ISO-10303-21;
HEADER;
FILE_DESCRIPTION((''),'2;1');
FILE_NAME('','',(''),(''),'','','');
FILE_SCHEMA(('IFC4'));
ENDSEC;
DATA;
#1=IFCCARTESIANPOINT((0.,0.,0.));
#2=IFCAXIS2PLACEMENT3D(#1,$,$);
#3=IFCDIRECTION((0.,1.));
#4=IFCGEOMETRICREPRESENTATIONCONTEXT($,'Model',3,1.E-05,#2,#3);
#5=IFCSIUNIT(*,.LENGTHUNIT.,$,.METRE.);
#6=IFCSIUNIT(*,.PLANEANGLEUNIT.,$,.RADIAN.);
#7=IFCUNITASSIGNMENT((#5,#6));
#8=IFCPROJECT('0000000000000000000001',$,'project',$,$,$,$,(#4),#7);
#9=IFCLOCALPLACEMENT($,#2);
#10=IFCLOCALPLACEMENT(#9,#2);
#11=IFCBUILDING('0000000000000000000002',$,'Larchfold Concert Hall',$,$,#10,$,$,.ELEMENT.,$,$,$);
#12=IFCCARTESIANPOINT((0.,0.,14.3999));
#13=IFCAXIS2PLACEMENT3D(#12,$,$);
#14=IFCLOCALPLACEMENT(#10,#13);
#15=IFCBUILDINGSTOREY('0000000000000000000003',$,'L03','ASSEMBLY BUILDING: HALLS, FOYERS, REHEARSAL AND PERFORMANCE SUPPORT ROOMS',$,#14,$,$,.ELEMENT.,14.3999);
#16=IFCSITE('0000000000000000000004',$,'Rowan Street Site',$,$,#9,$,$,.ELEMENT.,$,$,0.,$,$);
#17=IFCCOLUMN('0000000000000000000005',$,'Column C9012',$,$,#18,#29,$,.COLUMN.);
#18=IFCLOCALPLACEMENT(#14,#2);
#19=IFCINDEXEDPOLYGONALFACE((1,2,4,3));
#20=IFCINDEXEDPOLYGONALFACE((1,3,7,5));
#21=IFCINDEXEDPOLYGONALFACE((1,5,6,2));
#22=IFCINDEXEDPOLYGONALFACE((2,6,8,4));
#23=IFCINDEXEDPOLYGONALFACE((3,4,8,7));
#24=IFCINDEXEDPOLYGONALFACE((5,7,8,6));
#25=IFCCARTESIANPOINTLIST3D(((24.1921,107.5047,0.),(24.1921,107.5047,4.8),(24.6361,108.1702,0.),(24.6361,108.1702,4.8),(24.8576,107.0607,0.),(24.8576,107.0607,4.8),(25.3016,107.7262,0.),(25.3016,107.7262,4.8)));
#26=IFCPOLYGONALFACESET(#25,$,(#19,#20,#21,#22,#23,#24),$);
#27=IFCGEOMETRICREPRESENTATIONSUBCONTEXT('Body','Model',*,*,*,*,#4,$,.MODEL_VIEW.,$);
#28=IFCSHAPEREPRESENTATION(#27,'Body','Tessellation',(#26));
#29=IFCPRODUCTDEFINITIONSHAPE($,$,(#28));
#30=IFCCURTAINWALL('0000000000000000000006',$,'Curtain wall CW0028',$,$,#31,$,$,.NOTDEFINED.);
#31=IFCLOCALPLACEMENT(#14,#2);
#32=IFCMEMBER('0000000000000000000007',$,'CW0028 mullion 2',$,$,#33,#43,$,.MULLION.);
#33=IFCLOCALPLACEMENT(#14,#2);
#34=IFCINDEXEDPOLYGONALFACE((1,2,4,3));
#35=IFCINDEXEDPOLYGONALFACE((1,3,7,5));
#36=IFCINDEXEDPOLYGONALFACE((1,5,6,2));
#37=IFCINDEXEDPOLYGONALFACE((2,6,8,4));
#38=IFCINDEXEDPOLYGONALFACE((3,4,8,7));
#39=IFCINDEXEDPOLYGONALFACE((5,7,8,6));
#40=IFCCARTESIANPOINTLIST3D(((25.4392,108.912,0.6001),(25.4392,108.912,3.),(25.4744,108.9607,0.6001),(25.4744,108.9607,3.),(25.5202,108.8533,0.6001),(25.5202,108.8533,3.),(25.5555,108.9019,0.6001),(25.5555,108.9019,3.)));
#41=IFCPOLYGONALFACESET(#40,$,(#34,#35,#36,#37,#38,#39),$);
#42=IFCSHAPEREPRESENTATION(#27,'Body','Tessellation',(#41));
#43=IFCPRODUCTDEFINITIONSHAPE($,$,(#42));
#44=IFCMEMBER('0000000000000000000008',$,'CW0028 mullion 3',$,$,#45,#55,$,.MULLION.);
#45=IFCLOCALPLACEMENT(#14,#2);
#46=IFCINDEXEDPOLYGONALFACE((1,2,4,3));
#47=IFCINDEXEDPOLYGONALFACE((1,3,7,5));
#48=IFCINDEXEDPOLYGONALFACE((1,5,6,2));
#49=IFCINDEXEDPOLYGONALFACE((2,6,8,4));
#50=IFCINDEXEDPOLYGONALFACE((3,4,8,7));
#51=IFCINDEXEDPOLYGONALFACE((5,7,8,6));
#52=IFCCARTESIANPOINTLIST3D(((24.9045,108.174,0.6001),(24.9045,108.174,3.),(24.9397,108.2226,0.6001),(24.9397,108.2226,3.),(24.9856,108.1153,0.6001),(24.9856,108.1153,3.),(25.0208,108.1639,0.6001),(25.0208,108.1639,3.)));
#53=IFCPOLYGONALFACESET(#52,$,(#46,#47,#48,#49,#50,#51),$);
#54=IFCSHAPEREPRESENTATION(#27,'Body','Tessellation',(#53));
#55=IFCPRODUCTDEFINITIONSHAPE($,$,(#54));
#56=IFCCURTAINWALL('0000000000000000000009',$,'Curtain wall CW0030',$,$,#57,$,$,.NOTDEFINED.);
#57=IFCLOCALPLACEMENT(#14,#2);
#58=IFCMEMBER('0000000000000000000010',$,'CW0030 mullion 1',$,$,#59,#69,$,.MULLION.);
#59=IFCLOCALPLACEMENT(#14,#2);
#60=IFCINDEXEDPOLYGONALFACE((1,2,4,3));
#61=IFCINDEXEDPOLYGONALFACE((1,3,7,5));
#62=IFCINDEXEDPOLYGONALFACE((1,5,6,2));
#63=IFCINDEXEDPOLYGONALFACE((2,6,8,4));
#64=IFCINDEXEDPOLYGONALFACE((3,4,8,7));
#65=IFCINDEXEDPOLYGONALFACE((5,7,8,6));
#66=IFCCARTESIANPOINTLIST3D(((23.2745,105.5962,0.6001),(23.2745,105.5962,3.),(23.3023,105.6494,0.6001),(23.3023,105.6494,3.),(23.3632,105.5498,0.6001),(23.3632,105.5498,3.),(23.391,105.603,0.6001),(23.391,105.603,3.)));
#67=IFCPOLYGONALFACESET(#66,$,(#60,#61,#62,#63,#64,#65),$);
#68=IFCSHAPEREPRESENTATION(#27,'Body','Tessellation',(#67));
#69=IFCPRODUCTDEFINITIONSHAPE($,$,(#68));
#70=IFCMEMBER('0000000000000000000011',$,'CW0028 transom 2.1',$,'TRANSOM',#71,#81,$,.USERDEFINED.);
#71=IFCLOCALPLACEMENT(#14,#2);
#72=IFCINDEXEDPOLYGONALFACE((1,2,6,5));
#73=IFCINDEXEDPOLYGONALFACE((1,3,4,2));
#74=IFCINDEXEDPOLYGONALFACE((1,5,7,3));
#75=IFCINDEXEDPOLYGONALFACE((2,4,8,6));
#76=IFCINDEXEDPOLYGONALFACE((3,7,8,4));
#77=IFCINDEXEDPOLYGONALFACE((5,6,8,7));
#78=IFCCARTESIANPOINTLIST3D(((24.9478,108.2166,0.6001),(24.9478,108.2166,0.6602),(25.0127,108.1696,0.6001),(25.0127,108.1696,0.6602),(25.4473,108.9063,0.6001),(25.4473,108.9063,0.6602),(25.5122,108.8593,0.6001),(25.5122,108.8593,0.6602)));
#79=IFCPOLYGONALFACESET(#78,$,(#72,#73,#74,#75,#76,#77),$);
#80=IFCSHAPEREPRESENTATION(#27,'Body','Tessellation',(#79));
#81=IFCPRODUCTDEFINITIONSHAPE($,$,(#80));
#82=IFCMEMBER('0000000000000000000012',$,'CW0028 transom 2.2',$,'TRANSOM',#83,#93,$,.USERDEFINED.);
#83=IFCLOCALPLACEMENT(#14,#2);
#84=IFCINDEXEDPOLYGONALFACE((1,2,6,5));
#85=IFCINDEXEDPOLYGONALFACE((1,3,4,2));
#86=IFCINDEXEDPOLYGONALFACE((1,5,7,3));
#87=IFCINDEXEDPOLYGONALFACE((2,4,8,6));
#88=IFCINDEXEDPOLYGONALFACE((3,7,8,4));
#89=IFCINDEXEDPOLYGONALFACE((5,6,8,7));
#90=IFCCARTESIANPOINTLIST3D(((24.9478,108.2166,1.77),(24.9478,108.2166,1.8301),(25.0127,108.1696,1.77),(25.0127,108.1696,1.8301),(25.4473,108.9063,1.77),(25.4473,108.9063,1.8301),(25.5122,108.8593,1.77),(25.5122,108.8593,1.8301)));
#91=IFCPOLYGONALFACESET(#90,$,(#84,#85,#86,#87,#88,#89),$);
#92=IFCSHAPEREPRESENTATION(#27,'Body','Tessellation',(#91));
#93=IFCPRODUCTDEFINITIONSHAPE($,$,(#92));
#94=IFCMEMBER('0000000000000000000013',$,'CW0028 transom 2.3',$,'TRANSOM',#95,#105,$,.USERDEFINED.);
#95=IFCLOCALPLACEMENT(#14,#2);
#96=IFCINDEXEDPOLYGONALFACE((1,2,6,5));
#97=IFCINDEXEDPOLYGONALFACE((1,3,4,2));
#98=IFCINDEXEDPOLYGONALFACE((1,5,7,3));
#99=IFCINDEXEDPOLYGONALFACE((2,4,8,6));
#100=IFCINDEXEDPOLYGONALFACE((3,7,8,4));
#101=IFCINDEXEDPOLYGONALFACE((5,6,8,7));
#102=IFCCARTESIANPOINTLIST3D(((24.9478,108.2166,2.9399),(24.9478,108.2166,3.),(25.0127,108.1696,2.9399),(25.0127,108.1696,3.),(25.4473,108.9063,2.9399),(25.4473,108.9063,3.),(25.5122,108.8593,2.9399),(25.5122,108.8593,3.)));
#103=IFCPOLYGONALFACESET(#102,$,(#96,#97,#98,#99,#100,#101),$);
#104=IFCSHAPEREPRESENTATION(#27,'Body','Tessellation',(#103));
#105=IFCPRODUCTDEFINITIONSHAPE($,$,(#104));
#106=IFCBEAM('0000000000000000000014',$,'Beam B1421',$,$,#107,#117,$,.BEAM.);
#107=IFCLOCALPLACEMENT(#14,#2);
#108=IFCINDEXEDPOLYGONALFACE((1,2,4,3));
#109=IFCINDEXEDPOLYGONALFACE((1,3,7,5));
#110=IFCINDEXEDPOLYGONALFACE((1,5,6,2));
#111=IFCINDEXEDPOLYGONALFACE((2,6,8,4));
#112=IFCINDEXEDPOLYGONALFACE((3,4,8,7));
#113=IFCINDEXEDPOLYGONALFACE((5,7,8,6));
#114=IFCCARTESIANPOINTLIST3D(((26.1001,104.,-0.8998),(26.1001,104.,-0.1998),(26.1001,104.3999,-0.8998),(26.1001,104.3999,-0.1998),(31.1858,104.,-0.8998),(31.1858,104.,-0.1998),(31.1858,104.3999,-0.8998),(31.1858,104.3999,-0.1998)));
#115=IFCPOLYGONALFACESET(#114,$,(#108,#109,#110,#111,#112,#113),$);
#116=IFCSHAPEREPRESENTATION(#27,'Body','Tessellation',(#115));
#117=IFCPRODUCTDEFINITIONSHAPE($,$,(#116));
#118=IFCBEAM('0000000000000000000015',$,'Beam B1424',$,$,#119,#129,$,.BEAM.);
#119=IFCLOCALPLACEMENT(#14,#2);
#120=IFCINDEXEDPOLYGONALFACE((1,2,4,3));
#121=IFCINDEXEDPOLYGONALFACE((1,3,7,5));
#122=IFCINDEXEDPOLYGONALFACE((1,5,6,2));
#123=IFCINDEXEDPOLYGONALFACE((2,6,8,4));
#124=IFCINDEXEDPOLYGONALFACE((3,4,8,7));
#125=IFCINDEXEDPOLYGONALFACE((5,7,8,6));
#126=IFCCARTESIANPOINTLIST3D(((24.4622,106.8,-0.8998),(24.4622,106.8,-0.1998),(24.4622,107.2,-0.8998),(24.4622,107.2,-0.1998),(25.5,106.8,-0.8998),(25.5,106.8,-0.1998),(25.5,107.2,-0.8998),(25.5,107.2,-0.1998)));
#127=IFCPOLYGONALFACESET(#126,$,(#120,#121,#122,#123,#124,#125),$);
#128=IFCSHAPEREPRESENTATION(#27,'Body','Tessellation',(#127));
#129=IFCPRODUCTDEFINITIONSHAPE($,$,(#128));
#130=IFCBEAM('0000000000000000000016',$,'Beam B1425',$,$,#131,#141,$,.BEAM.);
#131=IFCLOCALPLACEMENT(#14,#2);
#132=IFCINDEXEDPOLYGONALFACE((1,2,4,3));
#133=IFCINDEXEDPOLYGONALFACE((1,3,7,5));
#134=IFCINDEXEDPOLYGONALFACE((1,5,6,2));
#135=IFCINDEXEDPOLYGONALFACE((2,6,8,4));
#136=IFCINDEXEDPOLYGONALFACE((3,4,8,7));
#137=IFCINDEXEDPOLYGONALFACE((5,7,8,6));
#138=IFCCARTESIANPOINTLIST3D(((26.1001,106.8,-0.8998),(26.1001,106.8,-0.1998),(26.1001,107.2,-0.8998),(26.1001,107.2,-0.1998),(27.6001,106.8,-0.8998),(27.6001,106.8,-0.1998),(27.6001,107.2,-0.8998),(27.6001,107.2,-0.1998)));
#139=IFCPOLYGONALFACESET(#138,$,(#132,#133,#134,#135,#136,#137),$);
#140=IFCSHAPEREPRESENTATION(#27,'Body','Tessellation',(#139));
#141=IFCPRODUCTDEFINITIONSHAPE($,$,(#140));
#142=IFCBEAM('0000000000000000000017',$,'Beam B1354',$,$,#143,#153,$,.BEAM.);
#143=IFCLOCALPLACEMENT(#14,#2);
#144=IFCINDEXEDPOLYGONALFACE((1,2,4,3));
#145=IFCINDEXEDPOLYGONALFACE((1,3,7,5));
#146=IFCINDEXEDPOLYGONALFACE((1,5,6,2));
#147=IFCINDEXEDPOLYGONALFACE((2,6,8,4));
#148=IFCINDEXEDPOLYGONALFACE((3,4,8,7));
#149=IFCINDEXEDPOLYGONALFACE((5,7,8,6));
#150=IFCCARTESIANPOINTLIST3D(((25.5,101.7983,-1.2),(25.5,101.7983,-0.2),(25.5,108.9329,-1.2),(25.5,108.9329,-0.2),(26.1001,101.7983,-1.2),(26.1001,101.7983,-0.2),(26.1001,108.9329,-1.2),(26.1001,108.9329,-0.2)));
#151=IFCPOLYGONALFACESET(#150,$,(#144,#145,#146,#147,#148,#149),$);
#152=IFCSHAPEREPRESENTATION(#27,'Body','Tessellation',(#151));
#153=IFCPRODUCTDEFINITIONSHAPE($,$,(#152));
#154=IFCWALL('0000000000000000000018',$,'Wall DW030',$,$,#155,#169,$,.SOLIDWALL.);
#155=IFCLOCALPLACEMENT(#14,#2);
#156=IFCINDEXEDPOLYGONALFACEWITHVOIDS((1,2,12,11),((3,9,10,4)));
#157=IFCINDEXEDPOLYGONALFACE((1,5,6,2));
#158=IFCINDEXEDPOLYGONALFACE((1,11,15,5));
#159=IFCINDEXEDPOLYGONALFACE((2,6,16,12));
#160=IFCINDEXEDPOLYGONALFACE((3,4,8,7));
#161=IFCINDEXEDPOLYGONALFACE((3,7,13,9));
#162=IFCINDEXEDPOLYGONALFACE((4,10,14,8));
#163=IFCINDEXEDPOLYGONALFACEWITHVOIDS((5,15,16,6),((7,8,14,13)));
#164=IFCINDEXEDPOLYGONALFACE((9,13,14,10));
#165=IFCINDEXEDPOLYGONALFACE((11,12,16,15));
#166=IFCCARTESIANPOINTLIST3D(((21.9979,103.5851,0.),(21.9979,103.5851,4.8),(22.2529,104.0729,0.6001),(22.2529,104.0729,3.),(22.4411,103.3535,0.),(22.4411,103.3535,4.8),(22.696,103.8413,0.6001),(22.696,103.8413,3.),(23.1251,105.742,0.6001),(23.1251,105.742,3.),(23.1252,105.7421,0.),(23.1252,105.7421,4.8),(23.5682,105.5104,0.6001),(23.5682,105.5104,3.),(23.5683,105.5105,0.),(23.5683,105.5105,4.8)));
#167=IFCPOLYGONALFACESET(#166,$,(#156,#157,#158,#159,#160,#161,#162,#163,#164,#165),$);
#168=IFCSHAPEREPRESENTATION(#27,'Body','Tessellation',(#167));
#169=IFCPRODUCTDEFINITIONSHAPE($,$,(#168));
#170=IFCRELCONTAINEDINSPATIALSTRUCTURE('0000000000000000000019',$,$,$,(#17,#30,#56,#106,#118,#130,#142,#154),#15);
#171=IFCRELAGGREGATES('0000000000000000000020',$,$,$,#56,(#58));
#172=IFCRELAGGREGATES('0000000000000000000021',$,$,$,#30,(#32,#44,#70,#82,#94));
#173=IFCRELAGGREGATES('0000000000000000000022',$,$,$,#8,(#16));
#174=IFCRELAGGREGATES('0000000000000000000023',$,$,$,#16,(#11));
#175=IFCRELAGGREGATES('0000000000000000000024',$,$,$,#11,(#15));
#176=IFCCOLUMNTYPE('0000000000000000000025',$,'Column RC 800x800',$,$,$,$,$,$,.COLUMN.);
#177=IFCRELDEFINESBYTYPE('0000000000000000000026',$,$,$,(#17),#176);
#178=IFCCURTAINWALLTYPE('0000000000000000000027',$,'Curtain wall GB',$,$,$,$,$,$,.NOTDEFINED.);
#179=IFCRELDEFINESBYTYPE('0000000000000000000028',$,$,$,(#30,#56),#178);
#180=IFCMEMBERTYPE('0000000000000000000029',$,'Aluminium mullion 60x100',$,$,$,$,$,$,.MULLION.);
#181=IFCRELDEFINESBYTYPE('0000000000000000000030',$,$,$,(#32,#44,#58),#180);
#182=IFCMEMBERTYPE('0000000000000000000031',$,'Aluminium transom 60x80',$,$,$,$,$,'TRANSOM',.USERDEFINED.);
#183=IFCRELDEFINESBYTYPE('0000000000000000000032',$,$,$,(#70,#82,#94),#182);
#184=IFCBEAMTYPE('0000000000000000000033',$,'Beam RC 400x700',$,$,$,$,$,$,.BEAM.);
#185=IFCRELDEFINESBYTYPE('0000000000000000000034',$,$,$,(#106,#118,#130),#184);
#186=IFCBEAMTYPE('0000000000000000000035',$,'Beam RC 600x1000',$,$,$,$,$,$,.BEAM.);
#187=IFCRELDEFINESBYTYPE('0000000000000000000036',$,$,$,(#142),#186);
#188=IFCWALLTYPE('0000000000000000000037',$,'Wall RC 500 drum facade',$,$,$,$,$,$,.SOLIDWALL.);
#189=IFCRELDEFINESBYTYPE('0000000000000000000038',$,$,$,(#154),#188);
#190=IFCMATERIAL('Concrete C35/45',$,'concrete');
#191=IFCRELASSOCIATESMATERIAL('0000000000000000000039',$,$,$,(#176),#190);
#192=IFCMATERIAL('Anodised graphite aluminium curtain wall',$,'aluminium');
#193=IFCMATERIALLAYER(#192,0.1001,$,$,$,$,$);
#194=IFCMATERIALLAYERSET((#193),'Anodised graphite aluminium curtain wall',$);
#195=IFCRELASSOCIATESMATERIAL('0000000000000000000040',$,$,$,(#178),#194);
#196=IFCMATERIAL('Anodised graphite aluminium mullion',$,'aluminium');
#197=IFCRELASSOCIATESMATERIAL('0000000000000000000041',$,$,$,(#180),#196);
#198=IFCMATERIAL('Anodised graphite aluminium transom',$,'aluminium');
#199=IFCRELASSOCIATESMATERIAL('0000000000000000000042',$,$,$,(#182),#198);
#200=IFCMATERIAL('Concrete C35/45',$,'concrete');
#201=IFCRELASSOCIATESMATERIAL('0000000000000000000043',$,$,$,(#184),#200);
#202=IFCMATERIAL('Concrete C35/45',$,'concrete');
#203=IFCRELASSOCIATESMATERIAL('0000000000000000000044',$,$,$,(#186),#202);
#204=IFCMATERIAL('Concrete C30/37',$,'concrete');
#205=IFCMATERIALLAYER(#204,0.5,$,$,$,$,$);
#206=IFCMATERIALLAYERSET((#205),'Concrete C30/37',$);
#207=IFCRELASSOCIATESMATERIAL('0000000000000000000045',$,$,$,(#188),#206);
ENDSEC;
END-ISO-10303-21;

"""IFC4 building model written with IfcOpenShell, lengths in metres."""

from ifc_helpers import new_model, si_unit, direction, frame, frame_2d, origin, origin_2d, place, context, subcontext, project, spatial, rectangle, extrude, material, layer, layer_set, material_profile, profile_set, type_object, element, fill, aggregate, save


model = new_model("IFC4")

# Units and contexts
model_context = context("Model", 3, precision=1e-05, world=origin(), true_north=direction((0.0, 1.0)))
body_context = subcontext(model_context, "Body", "Model", "MODEL_VIEW")
ifc_project = project(units=[si_unit("LENGTHUNIT", "METRE"), si_unit("PLANEANGLEUNIT", "RADIAN")], contexts=[model_context])

# Site, building, storey
site_placement = place(None, origin())
site = spatial("IfcSite", under=ifc_project, at=site_placement, Name="Rowan Street Site", CompositionType="ELEMENT", RefElevation=0.0)
building_placement = place(site_placement, origin())
building = spatial("IfcBuilding", under=site, at=building_placement, Name="Larchfold Concert Hall", CompositionType="ELEMENT")
storey_placement = place(building_placement, frame((0.0, 0.0, 14.3999)))
storey = spatial("IfcBuildingStorey", under=building, at=storey_placement, Name="L03", Description="ASSEMBLY BUILDING: HALLS, FOYERS, REHEARSAL AND PERFORMANCE SUPPORT ROOMS", CompositionType="ELEMENT", Elevation=14.3999)

# Column
ifc_material_1 = material(Name="Concrete C35/45", Category="concrete")
ifc_material_profile_1 = material_profile(ifc_material_1, rectangle(XDim=0.8, YDim=0.8, at=origin_2d()))
ifc_profile_set_1 = profile_set([ifc_material_profile_1], Name="Concrete C35/45")
column_type = type_object("IfcColumnType", Name="Column RC 800x800", PredefinedType="COLUMN", material=ifc_profile_set_1)
column_placement = place(storey_placement, frame((24.7468, 107.6155, 0.0), z_axis=(0.0, 0.0, 1.0), x_axis=(0.554978, 0.831865, 0.0)))
element("IfcColumn", 1, at=column_placement, inside=storey, type_object=column_type, Name="Column C9012", PredefinedType="COLUMN", context=body_context, shape_type="SweptSolid", body=[
    extrude(rectangle(XDim=0.8, YDim=0.8, at=origin_2d()), origin(), (0.0, 0.0, 1.0), 4.8),
])

# Curtain wall, members
ifc_material_2 = material(Name="Anodised graphite aluminium curtain wall", Category="aluminium")
ifc_layer_1 = layer(ifc_material_2, 0.1001)
ifc_layer_set_1 = layer_set([ifc_layer_1], Name="Anodised graphite aluminium curtain wall")
curtain_wall_type = type_object("IfcCurtainWallType", Name="Curtain wall GB", PredefinedType="NOTDEFINED", material=ifc_layer_set_1)
curtain_wall_1_placement = place(storey_placement, origin())
curtain_wall_1 = element("IfcCurtainWall", 2, at=curtain_wall_1_placement, inside=storey, type_object=curtain_wall_type, Name="Curtain wall CW0028", PredefinedType="NOTDEFINED")
ifc_material_3 = material(Name="Anodised graphite aluminium mullion", Category="aluminium")
ifc_material_profile_2 = material_profile(ifc_material_3, rectangle(XDim=0.1001, YDim=0.0601, at=origin_2d()))
ifc_profile_set_2 = profile_set([ifc_material_profile_2], Name="Anodised graphite aluminium mullion")
member_type_1 = type_object("IfcMemberType", Name="Aluminium mullion 60x100", PredefinedType="MULLION", material=ifc_profile_set_2)
member_1_placement = place(storey_placement, frame((25.4973, 108.907, 0.6001), z_axis=(0.0, 0.0, 1.0), x_axis=(0.809861, -0.586621, 0.0)))
member_1 = element("IfcMember", 3, at=member_1_placement, type_object=member_type_1, Name="CW0028 mullion 2", PredefinedType="MULLION", context=body_context, shape_type="SweptSolid", body=[
    extrude(rectangle(XDim=0.1001, YDim=0.0601, at=origin_2d()), origin(), (0.0, 0.0, 1.0), 2.3999),
])
member_2_placement = place(storey_placement, frame((24.9626, 108.1689, 0.6001), z_axis=(0.0, 0.0, 1.0), x_axis=(0.809861, -0.586621, 0.0)))
member_2 = element("IfcMember", 4, at=member_2_placement, type_object=member_type_1, Name="CW0028 mullion 3", PredefinedType="MULLION", context=body_context, shape_type="SweptSolid", body=[
    extrude(rectangle(XDim=0.1001, YDim=0.0601, at=origin_2d()), origin(), (0.0, 0.0, 1.0), 2.3999),
])

# Curtain wall, member
curtain_wall_2_placement = place(storey_placement, origin())
curtain_wall_2 = element("IfcCurtainWall", 5, at=curtain_wall_2_placement, inside=storey, type_object=curtain_wall_type, Name="Curtain wall CW0030", PredefinedType="NOTDEFINED")
member_3_placement = place(storey_placement, frame((23.3328, 105.5996, 0.6001), z_axis=(0.0, 0.0, 1.0), x_axis=(0.886273, -0.463164, 0.0)))
member_3 = element("IfcMember", 6, at=member_3_placement, type_object=member_type_1, Name="CW0030 mullion 1", PredefinedType="MULLION", context=body_context, shape_type="SweptSolid", body=[
    extrude(rectangle(XDim=0.1001, YDim=0.0601, at=origin_2d()), origin(), (0.0, 0.0, 1.0), 2.3999),
])
aggregate(curtain_wall_2, [member_3])

# Members
ifc_material_4 = material(Name="Anodised graphite aluminium transom", Category="aluminium")
ifc_material_profile_3 = material_profile(ifc_material_4, rectangle(XDim=0.0801, YDim=0.0601, at=origin_2d()))
ifc_profile_set_3 = profile_set([ifc_material_profile_3], Name="Anodised graphite aluminium transom")
member_type_2 = type_object("IfcMemberType", Name="Aluminium transom 60x80", ElementType="TRANSOM", PredefinedType="USERDEFINED", material=ifc_profile_set_3)
member_4_placement = place(storey_placement, frame((25.4797, 108.8828, 0.6301), z_axis=(-0.586568, -0.8099, 0.0), x_axis=(0.8099, -0.586568, 0.0)))
member_4 = element("IfcMember", 7, at=member_4_placement, type_object=member_type_2, Name="CW0028 transom 2.1", ObjectType="TRANSOM", PredefinedType="USERDEFINED", context=body_context, shape_type="SweptSolid", body=[
    extrude(rectangle(XDim=0.0801, YDim=0.0601, at=origin_2d()), origin(), (0.0, 0.0, 1.0), 0.8516),
])
member_5_placement = place(storey_placement, frame((25.4797, 108.8828, 1.8), z_axis=(-0.586568, -0.8099, 0.0), x_axis=(0.8099, -0.586568, 0.0)))
member_5 = element("IfcMember", 8, at=member_5_placement, type_object=member_type_2, Name="CW0028 transom 2.2", ObjectType="TRANSOM", PredefinedType="USERDEFINED", context=body_context, shape_type="SweptSolid", body=[
    extrude(rectangle(XDim=0.0801, YDim=0.0601, at=origin_2d()), origin(), (0.0, 0.0, 1.0), 0.8516),
])
member_6_placement = place(storey_placement, frame((25.4797, 108.8828, 2.97), z_axis=(-0.586568, -0.8099, 0.0), x_axis=(0.8099, -0.586568, 0.0)))
member_6 = element("IfcMember", 9, at=member_6_placement, type_object=member_type_2, Name="CW0028 transom 2.3", ObjectType="TRANSOM", PredefinedType="USERDEFINED", context=body_context, shape_type="SweptSolid", body=[
    extrude(rectangle(XDim=0.0801, YDim=0.0601, at=origin_2d()), origin(), (0.0, 0.0, 1.0), 0.8516),
])

# Beams
ifc_material_5 = material(Name="Concrete C35/45", Category="concrete")
ifc_material_profile_4 = material_profile(ifc_material_5, rectangle(XDim=0.3999, YDim=0.7, at=origin_2d()))
ifc_profile_set_4 = profile_set([ifc_material_profile_4], Name="Concrete C35/45")
beam_type_1 = type_object("IfcBeamType", Name="Beam RC 400x700", PredefinedType="BEAM", material=ifc_profile_set_4)
beam_1_placement = place(storey_placement, frame((26.1001, 104.2, -0.5498), z_axis=(1.0, 0.0, 0.0), x_axis=(0.0, 1.0, 0.0)))
element("IfcBeam", 10, at=beam_1_placement, inside=storey, type_object=beam_type_1, Name="Beam B1421", PredefinedType="BEAM", context=body_context, shape_type="SweptSolid", body=[
    extrude(rectangle(XDim=0.3999, YDim=0.7, at=origin_2d()), origin(), (0.0, 0.0, 1.0), 5.0857),
])
beam_2_placement = place(storey_placement, frame((24.4622, 107.0, -0.5498), z_axis=(1.0, 0.0, 0.0), x_axis=(0.0, 1.0, 0.0)))
element("IfcBeam", 11, at=beam_2_placement, inside=storey, type_object=beam_type_1, Name="Beam B1424", PredefinedType="BEAM", context=body_context, shape_type="SweptSolid", body=[
    extrude(rectangle(XDim=0.3999, YDim=0.7, at=origin_2d()), origin(), (0.0, 0.0, 1.0), 1.0378),
])
beam_3_placement = place(storey_placement, frame((26.1001, 107.0, -0.5498), z_axis=(1.0, 0.0, 0.0), x_axis=(0.0, 1.0, 0.0)))
element("IfcBeam", 12, at=beam_3_placement, inside=storey, type_object=beam_type_1, Name="Beam B1425", PredefinedType="BEAM", context=body_context, shape_type="SweptSolid", body=[
    extrude(rectangle(XDim=0.3999, YDim=0.7, at=origin_2d()), origin(), (0.0, 0.0, 1.0), 1.5),
])
ifc_material_6 = material(Name="Concrete C35/45", Category="concrete")
ifc_material_profile_5 = material_profile(ifc_material_6, rectangle(XDim=0.6001, YDim=1.0, at=origin_2d()))
ifc_profile_set_5 = profile_set([ifc_material_profile_5], Name="Concrete C35/45")
beam_type_2 = type_object("IfcBeamType", Name="Beam RC 600x1000", PredefinedType="BEAM", material=ifc_profile_set_5)
beam_4_placement = place(storey_placement, frame((25.8, 101.7983, -0.7), z_axis=(0.0, 1.0, 0.0), x_axis=(-1.0, 0.0, 0.0)))
element("IfcBeam", 13, at=beam_4_placement, inside=storey, type_object=beam_type_2, Name="Beam B1354", PredefinedType="BEAM", context=body_context, shape_type="SweptSolid", body=[
    extrude(rectangle(XDim=0.6001, YDim=1.0, at=origin_2d()), origin(), (0.0, 0.0, 1.0), 7.1345),
])

aggregate(curtain_wall_1, [member_1, member_2, member_4, member_5, member_6])

# Wall, opening
ifc_material_7 = material(Name="Concrete C30/37", Category="concrete")
ifc_layer_2 = layer(ifc_material_7, 0.5)
ifc_layer_set_2 = layer_set([ifc_layer_2], Name="Concrete C30/37")
wall_type_1 = type_object("IfcWallType", Name="Wall RC 500 drum facade", PredefinedType="SOLIDWALL", material=ifc_layer_set_2)
wall_1_placement = place(storey_placement, frame((23.3467, 105.6262, 0.0), z_axis=(0.0, 0.0, 1.0), x_axis=(-0.463152, -0.886279, 0.0)))
wall_1 = element("IfcWall", 14, at=wall_1_placement, inside=storey, type_object=wall_type_1, Name="Wall DW030", PredefinedType="SOLIDWALL", context=body_context, shape_type="SweptSolid", body=[
    extrude(rectangle(XDim=2.4338, YDim=0.5, at=frame_2d((1.2168, 0.0))), origin(), (0.0, 0.0, 1.0), 4.8),
])
opening_1_placement = place(wall_1_placement, frame((0.0, 0.0, 0.6001)))
opening_1 = element("IfcOpeningElement", 15, at=opening_1_placement, cuts=wall_1, PredefinedType="OPENING", context=body_context, shape_type="SweptSolid", body=[
    extrude(rectangle(XDim=1.8833, YDim=2.3999, at=frame_2d((0.9417, 1.2))), frame((0.0, 0.26, 0.0), z_axis=(0.0, -1.0, 0.0), x_axis=(1.0, 0.0, 0.0)), (0.0, 0.0, 1.0), 0.52),
])
fill(opening_1, curtain_wall_2)

save(model, "model.ifc")
